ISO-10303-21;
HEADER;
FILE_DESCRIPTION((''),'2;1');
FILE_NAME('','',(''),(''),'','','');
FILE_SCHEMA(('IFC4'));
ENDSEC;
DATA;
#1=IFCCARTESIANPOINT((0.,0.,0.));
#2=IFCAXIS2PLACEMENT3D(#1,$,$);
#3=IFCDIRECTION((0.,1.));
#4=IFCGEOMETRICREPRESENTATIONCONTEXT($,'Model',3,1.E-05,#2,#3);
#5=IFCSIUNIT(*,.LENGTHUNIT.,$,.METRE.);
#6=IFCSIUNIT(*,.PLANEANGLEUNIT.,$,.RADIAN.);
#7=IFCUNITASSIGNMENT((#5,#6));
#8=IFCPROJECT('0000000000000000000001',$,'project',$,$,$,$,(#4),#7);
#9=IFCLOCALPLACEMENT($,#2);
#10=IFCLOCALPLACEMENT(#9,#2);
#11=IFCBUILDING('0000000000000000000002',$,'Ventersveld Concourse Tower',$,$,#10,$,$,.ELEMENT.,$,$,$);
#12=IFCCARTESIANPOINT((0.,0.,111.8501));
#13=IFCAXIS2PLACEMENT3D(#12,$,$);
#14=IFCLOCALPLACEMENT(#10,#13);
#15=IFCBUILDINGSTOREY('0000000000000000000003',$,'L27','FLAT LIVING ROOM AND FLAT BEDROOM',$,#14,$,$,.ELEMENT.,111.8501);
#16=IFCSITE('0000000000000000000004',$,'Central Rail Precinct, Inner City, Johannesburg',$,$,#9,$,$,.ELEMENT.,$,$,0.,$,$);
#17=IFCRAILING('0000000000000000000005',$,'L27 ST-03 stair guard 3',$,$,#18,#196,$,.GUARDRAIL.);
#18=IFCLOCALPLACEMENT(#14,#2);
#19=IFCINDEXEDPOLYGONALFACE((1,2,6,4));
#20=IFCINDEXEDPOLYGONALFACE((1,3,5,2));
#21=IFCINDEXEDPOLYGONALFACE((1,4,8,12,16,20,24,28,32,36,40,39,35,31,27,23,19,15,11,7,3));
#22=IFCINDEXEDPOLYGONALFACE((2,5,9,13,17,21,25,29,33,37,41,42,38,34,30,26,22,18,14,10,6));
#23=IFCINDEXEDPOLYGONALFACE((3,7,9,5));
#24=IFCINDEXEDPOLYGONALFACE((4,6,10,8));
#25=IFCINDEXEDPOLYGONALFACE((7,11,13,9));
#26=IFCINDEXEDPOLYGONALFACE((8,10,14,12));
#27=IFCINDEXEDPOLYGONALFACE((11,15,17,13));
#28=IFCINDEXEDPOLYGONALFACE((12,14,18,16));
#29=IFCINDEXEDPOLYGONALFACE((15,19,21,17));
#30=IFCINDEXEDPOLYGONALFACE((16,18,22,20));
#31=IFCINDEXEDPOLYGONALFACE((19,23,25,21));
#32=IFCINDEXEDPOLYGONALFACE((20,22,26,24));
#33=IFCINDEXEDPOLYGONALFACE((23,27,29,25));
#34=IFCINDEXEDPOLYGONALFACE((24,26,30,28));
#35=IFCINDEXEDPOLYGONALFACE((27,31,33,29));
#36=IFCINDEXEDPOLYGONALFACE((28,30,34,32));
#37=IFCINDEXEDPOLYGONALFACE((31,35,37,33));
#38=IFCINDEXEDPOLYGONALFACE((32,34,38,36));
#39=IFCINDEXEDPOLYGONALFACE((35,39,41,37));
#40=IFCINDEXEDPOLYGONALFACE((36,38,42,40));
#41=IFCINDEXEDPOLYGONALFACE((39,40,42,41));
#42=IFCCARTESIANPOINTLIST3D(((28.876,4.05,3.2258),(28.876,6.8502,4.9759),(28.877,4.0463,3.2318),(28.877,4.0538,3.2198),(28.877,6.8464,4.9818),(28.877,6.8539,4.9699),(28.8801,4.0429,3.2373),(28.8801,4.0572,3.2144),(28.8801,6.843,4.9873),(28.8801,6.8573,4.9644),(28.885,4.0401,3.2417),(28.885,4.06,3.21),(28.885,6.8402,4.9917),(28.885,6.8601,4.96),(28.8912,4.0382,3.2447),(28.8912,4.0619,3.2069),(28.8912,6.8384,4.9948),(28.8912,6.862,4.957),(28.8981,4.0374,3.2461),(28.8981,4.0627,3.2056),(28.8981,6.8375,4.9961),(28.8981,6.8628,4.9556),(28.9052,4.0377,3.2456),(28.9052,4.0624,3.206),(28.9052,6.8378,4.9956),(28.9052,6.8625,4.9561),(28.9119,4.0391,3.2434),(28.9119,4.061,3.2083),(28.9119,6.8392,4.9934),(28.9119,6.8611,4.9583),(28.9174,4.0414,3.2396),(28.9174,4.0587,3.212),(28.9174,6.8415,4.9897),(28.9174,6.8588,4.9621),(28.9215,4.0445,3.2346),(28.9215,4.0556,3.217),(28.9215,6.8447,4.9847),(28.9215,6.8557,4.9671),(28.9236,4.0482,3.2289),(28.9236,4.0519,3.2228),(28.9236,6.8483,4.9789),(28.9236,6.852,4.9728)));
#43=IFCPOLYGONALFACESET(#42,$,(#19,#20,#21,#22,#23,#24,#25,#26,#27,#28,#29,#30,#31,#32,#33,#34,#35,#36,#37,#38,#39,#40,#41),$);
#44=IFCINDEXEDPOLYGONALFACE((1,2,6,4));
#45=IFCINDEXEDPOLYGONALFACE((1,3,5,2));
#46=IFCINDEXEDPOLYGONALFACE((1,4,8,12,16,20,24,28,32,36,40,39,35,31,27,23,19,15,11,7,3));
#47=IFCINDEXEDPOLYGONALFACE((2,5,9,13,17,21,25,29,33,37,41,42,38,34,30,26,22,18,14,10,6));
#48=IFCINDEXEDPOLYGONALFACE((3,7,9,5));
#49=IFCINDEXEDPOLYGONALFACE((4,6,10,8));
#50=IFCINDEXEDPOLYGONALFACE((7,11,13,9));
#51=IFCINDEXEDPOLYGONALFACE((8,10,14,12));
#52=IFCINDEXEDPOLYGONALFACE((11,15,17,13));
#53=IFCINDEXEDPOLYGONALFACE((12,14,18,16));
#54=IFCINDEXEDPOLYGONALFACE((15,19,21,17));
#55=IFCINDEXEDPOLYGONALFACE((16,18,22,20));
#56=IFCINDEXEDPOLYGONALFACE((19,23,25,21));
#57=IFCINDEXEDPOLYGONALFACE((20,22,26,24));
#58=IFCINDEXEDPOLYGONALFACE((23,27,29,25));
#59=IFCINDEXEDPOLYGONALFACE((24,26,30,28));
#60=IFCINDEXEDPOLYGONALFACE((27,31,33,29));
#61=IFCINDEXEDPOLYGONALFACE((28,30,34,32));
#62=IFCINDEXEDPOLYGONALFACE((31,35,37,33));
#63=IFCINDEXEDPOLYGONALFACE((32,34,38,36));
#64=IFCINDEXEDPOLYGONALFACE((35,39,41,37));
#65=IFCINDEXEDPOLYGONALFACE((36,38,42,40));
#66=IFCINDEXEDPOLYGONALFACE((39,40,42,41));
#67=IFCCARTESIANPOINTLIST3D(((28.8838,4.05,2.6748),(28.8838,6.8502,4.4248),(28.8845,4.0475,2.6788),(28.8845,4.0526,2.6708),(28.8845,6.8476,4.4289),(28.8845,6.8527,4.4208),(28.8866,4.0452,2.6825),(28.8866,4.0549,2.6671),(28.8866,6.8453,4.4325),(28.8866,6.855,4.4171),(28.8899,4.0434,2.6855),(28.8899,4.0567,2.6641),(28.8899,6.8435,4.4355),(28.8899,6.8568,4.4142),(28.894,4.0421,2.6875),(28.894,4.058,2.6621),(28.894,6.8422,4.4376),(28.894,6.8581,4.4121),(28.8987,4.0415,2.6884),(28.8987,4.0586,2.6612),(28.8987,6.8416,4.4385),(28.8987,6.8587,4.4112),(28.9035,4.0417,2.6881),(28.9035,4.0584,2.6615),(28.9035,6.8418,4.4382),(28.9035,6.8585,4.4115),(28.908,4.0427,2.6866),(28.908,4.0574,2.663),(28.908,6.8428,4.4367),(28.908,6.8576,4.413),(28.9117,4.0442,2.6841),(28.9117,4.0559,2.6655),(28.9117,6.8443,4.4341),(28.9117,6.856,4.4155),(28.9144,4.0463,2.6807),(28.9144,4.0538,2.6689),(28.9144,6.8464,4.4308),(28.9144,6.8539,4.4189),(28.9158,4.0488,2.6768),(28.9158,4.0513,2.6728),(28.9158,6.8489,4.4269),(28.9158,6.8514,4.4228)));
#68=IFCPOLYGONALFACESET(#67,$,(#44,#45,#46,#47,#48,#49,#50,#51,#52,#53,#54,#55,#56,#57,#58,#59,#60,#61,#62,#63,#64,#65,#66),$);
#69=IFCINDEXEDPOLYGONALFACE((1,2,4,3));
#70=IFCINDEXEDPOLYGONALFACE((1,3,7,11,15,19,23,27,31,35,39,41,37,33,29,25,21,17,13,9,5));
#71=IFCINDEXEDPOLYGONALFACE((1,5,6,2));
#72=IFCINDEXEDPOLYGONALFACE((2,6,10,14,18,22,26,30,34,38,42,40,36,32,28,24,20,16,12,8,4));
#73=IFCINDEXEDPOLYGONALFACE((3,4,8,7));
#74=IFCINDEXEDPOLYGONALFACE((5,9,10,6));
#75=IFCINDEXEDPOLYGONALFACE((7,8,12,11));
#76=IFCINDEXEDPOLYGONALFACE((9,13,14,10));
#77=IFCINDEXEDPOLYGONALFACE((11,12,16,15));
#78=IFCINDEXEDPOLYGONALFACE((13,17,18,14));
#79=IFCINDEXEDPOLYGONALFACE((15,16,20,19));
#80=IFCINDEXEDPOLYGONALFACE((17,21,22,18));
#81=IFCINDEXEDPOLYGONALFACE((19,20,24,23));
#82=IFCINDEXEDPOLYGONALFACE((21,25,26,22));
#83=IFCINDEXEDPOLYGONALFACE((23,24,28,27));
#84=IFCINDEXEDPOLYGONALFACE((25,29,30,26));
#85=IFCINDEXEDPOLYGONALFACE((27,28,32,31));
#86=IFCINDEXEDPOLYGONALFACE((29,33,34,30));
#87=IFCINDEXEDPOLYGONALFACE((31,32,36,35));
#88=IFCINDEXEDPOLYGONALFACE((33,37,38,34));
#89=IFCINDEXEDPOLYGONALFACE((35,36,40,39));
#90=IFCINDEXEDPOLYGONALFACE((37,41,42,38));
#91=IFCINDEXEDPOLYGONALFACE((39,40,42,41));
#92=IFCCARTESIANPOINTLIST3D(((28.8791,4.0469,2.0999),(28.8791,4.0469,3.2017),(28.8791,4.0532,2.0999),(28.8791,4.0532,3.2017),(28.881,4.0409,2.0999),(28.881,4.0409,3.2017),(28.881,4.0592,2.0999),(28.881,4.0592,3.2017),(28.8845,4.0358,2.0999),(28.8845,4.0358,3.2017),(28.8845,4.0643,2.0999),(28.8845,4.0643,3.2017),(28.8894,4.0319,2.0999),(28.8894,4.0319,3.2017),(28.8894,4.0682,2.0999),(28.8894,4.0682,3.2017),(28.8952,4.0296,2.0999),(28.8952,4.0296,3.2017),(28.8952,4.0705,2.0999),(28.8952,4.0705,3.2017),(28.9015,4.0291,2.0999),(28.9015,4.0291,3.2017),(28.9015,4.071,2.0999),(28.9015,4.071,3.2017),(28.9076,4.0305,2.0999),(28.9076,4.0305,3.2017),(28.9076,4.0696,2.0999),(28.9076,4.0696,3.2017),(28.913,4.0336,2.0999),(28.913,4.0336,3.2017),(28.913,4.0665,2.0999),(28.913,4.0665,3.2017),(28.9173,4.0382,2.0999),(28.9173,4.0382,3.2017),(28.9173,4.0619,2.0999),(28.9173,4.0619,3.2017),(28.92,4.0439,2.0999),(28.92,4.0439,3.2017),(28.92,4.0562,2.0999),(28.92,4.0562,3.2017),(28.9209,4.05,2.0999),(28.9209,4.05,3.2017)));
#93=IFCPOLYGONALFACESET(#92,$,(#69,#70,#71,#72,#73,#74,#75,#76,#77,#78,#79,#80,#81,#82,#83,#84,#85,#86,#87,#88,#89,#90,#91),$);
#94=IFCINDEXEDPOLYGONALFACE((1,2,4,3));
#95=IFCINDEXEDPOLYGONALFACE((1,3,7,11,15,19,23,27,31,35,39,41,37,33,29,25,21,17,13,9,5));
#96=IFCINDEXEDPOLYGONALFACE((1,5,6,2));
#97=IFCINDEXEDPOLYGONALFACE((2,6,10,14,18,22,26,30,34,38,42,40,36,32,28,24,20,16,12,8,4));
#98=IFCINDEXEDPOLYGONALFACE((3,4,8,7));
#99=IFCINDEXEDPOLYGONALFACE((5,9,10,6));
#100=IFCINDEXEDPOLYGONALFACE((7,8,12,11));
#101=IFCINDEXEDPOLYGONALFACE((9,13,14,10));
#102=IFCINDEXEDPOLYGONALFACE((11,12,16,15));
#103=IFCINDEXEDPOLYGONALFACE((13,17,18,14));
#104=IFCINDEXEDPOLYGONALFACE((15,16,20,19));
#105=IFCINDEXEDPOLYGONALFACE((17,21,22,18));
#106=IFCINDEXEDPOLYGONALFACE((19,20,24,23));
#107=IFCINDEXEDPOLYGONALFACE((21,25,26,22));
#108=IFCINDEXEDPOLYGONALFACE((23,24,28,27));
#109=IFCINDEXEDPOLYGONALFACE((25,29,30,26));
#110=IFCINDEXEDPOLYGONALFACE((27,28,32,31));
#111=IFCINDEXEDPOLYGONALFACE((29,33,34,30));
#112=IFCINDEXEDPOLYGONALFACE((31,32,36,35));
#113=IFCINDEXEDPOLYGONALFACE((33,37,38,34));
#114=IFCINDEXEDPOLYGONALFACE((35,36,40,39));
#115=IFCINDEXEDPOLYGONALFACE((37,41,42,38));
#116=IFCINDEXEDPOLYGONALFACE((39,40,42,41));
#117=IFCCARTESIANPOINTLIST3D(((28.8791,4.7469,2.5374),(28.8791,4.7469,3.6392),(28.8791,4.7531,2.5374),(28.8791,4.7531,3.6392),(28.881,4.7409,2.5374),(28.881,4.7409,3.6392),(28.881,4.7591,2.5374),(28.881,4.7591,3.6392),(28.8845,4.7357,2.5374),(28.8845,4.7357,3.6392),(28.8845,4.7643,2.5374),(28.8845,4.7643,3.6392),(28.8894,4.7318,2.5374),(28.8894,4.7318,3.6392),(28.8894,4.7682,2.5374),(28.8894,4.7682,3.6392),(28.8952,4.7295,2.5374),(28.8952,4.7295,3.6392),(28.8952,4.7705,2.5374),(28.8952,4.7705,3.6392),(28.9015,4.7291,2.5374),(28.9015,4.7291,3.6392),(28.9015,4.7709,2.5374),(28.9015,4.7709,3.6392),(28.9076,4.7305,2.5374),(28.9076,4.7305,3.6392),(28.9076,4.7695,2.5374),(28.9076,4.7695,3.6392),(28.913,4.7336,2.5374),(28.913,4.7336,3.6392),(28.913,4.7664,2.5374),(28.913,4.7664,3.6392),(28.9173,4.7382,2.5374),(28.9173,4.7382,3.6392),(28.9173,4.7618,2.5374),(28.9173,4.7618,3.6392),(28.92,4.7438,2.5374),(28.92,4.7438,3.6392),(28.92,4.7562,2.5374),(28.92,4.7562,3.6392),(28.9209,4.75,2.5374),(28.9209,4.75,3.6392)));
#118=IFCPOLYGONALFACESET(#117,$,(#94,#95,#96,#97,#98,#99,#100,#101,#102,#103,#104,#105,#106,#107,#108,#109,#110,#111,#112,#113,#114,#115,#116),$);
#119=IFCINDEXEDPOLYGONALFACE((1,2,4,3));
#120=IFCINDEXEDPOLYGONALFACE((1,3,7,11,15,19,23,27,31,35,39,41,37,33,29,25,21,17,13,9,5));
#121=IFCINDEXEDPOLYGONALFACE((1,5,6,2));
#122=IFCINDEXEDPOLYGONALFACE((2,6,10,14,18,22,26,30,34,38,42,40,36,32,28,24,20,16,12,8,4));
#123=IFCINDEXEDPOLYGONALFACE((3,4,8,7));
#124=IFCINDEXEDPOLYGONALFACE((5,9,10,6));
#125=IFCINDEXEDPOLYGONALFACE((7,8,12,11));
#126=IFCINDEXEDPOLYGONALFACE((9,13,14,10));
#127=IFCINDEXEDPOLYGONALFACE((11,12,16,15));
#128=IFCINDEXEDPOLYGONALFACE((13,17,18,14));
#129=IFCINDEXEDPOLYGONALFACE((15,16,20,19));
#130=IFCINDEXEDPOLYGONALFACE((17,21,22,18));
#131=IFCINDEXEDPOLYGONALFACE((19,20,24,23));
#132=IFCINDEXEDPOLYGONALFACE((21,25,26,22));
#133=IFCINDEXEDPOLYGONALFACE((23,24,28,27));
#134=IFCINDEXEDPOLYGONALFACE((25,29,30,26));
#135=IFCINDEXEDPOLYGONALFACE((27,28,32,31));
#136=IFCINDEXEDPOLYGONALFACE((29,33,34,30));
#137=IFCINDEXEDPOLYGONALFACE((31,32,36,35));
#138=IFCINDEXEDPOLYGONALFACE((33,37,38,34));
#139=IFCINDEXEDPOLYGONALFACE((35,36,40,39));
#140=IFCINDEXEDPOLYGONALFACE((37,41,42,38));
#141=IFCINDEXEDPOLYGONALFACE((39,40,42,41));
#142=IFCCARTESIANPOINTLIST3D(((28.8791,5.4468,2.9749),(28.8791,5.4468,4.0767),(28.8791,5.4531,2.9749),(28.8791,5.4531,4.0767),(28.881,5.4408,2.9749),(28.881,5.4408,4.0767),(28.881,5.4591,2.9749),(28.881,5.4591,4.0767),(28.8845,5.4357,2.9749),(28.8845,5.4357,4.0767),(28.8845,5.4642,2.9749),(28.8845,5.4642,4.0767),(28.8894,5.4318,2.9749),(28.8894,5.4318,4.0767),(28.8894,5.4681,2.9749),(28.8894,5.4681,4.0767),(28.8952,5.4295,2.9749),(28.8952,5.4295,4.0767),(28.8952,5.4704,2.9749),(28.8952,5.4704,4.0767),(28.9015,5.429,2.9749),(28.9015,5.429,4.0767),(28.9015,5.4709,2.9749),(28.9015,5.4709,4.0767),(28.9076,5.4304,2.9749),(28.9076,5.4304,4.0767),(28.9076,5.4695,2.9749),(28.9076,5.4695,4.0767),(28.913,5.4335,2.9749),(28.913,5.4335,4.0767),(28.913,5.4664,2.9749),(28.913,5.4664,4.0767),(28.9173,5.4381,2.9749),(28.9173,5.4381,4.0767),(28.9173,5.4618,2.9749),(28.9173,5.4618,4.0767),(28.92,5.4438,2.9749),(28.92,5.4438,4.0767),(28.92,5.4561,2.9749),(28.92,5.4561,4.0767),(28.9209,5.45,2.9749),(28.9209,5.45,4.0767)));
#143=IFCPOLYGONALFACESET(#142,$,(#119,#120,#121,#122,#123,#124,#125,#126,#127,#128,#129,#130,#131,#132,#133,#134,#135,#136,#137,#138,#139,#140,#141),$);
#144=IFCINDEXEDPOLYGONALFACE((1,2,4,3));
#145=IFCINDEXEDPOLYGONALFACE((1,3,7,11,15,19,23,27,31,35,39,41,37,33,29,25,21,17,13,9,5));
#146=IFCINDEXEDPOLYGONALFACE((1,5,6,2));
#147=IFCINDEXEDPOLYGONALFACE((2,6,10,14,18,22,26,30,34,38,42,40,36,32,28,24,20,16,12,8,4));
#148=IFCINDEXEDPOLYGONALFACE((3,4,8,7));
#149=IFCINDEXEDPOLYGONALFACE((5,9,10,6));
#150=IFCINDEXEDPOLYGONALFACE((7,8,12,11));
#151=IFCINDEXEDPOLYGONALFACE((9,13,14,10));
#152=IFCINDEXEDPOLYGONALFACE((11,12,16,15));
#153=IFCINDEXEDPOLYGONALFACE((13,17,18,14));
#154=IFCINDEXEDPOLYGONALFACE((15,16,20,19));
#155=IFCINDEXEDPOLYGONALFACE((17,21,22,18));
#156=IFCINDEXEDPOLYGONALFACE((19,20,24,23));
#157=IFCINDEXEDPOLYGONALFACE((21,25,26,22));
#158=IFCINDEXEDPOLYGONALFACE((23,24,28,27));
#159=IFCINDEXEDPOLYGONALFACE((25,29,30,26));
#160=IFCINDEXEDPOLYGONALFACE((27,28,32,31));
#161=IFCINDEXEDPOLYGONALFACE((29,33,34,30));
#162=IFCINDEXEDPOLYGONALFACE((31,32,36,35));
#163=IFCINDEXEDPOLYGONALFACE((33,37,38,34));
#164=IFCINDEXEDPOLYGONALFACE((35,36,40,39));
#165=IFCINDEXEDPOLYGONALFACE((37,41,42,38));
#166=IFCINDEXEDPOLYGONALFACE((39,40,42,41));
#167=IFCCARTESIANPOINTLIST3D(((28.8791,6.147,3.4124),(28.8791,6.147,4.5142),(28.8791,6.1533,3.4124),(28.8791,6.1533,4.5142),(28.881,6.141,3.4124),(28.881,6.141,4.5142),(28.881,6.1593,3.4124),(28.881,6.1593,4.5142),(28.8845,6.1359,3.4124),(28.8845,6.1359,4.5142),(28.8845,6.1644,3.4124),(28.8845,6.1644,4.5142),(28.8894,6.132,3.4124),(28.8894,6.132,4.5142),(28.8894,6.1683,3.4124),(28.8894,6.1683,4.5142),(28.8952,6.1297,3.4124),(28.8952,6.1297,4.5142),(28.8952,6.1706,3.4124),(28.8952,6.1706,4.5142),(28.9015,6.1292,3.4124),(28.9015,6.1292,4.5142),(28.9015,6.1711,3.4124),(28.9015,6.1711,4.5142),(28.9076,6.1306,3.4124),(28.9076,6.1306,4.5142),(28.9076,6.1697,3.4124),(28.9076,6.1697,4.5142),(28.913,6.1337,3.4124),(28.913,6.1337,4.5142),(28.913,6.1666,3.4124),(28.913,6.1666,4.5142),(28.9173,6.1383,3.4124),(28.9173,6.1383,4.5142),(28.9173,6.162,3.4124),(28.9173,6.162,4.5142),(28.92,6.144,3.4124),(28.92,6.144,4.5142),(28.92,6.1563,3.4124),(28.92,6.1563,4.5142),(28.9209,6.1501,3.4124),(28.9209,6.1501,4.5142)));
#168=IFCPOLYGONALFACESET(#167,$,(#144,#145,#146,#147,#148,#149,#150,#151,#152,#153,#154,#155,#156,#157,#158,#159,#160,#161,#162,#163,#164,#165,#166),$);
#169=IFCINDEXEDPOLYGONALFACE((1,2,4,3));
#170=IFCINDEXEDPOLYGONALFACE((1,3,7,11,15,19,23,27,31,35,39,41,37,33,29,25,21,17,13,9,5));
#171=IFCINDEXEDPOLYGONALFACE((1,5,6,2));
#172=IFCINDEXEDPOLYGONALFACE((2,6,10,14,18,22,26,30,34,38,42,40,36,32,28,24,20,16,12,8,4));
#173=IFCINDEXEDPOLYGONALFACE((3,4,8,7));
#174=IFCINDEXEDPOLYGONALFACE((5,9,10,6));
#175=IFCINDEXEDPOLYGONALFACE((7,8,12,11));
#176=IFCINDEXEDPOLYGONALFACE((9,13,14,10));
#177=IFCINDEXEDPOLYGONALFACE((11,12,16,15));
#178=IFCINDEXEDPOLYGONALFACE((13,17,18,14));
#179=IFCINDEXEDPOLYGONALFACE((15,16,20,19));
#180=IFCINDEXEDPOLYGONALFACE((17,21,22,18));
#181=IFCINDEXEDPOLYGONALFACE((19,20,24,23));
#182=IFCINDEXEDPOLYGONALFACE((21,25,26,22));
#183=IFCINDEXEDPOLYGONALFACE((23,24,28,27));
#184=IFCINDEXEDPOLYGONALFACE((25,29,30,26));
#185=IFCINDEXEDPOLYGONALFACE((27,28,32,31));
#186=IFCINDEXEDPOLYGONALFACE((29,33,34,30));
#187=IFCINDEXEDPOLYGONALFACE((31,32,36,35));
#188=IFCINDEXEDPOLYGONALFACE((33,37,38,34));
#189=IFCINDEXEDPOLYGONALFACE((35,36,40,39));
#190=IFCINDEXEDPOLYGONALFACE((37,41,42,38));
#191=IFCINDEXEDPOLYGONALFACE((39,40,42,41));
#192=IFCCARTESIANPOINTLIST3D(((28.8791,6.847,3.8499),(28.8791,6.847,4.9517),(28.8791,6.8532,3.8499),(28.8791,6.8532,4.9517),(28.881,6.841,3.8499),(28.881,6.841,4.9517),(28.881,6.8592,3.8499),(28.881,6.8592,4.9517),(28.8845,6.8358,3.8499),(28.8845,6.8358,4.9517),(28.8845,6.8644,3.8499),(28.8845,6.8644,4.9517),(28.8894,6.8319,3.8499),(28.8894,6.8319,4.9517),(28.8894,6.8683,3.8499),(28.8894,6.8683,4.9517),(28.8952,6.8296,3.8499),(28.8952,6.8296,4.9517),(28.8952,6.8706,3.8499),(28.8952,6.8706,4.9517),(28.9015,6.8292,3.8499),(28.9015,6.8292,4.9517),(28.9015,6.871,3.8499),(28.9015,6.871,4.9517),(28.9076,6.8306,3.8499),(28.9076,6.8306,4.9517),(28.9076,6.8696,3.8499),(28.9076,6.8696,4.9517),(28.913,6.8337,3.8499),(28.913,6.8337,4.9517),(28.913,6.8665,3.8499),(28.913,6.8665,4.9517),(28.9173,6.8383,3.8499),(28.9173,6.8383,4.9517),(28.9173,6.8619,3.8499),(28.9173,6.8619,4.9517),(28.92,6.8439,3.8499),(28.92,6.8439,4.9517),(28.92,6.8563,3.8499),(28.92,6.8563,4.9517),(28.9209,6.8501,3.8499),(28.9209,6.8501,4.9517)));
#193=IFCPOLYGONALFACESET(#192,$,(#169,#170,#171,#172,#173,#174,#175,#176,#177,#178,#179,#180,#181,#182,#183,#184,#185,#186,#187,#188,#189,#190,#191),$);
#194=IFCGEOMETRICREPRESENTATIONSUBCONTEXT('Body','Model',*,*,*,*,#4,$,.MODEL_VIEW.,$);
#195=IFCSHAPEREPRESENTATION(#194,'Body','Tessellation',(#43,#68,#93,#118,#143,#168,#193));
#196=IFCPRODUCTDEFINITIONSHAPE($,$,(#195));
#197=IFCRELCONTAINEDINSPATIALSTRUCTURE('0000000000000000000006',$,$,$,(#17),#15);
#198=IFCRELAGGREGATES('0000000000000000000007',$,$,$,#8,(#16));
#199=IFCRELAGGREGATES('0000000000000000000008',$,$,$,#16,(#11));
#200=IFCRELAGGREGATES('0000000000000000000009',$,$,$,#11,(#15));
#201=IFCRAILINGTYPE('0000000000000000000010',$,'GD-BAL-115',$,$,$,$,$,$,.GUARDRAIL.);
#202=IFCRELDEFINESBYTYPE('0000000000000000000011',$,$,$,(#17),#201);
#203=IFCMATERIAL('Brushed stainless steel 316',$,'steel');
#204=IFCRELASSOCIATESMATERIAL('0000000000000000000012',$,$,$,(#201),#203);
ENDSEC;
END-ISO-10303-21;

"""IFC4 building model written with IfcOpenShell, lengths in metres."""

from ifc_helpers import new_model, si_unit, direction, frame, origin, origin_2d, place, context, subcontext, project, spatial, circle, extrude, material, type_object, element, save


model = new_model("IFC4")

# Units and contexts
model_context = context("Model", 3, precision=1e-05, world=origin(), true_north=direction((0.0, 1.0)))
body_context = subcontext(model_context, "Body", "Model", "MODEL_VIEW")
ifc_project = project(units=[si_unit("LENGTHUNIT", "METRE"), si_unit("PLANEANGLEUNIT", "RADIAN")], contexts=[model_context])

# Site, building, storey
site_placement = place(None, origin())
site = spatial("IfcSite", under=ifc_project, at=site_placement, Name="Central Rail Precinct, Inner City, Johannesburg", CompositionType="ELEMENT", RefElevation=0.0)
building_placement = place(site_placement, origin())
building = spatial("IfcBuilding", under=site, at=building_placement, Name="Ventersveld Concourse Tower", CompositionType="ELEMENT")
storey_placement = place(building_placement, frame((0.0, 0.0, 111.8501)))
storey = spatial("IfcBuildingStorey", under=building, at=storey_placement, Name="L27", Description="FLAT LIVING ROOM AND FLAT BEDROOM", CompositionType="ELEMENT", Elevation=111.8501)

# Railing
ifc_material_1 = material(Name="Brushed stainless steel 316", Category="steel")
railing_type_1 = type_object("IfcRailingType", Name="GD-BAL-115", PredefinedType="GUARDRAIL", material=ifc_material_1)
railing_1_placement = place(storey_placement, frame((28.8999, 4.05, 2.0999)))
element("IfcRailing", 1, at=railing_1_placement, inside=storey, type_object=railing_type_1, Name="L27 ST-03 stair guard 3", PredefinedType="GUARDRAIL", context=body_context, shape_type="SweptSolid", body=[
    extrude(circle(Radius=0.0239, at=origin_2d()), frame((0.0, 0.0, 1.126), z_axis=(0.0, 0.848002, 0.529992), x_axis=(-1.0, 0.0, 0.0)), (0.0, 0.0, 1.0), 3.302),
    extrude(circle(Radius=0.0161, at=origin_2d()), frame((0.0, 0.0, 0.575), z_axis=(0.0, 0.848002, 0.529992), x_axis=(-1.0, 0.0, 0.0)), (0.0, 0.0, 1.0), 3.302),
    extrude(circle(Radius=0.021, at=origin_2d()), origin(), (0.0, 0.0, 1.0), 1.1018),
    extrude(circle(Radius=0.021, at=origin_2d()), frame((0.0, 0.7, 0.4375)), (0.0, 0.0, 1.0), 1.1018),
    extrude(circle(Radius=0.021, at=origin_2d()), frame((0.0, 1.3999, 0.875)), (0.0, 0.0, 1.0), 1.1018),
    extrude(circle(Radius=0.021, at=origin_2d()), frame((0.0, 2.1001, 1.3125)), (0.0, 0.0, 1.0), 1.1018),
    extrude(circle(Radius=0.021, at=origin_2d()), frame((0.0, 2.8, 1.75)), (0.0, 0.0, 1.0), 1.1018),
])

save(model, "model.ifc")
